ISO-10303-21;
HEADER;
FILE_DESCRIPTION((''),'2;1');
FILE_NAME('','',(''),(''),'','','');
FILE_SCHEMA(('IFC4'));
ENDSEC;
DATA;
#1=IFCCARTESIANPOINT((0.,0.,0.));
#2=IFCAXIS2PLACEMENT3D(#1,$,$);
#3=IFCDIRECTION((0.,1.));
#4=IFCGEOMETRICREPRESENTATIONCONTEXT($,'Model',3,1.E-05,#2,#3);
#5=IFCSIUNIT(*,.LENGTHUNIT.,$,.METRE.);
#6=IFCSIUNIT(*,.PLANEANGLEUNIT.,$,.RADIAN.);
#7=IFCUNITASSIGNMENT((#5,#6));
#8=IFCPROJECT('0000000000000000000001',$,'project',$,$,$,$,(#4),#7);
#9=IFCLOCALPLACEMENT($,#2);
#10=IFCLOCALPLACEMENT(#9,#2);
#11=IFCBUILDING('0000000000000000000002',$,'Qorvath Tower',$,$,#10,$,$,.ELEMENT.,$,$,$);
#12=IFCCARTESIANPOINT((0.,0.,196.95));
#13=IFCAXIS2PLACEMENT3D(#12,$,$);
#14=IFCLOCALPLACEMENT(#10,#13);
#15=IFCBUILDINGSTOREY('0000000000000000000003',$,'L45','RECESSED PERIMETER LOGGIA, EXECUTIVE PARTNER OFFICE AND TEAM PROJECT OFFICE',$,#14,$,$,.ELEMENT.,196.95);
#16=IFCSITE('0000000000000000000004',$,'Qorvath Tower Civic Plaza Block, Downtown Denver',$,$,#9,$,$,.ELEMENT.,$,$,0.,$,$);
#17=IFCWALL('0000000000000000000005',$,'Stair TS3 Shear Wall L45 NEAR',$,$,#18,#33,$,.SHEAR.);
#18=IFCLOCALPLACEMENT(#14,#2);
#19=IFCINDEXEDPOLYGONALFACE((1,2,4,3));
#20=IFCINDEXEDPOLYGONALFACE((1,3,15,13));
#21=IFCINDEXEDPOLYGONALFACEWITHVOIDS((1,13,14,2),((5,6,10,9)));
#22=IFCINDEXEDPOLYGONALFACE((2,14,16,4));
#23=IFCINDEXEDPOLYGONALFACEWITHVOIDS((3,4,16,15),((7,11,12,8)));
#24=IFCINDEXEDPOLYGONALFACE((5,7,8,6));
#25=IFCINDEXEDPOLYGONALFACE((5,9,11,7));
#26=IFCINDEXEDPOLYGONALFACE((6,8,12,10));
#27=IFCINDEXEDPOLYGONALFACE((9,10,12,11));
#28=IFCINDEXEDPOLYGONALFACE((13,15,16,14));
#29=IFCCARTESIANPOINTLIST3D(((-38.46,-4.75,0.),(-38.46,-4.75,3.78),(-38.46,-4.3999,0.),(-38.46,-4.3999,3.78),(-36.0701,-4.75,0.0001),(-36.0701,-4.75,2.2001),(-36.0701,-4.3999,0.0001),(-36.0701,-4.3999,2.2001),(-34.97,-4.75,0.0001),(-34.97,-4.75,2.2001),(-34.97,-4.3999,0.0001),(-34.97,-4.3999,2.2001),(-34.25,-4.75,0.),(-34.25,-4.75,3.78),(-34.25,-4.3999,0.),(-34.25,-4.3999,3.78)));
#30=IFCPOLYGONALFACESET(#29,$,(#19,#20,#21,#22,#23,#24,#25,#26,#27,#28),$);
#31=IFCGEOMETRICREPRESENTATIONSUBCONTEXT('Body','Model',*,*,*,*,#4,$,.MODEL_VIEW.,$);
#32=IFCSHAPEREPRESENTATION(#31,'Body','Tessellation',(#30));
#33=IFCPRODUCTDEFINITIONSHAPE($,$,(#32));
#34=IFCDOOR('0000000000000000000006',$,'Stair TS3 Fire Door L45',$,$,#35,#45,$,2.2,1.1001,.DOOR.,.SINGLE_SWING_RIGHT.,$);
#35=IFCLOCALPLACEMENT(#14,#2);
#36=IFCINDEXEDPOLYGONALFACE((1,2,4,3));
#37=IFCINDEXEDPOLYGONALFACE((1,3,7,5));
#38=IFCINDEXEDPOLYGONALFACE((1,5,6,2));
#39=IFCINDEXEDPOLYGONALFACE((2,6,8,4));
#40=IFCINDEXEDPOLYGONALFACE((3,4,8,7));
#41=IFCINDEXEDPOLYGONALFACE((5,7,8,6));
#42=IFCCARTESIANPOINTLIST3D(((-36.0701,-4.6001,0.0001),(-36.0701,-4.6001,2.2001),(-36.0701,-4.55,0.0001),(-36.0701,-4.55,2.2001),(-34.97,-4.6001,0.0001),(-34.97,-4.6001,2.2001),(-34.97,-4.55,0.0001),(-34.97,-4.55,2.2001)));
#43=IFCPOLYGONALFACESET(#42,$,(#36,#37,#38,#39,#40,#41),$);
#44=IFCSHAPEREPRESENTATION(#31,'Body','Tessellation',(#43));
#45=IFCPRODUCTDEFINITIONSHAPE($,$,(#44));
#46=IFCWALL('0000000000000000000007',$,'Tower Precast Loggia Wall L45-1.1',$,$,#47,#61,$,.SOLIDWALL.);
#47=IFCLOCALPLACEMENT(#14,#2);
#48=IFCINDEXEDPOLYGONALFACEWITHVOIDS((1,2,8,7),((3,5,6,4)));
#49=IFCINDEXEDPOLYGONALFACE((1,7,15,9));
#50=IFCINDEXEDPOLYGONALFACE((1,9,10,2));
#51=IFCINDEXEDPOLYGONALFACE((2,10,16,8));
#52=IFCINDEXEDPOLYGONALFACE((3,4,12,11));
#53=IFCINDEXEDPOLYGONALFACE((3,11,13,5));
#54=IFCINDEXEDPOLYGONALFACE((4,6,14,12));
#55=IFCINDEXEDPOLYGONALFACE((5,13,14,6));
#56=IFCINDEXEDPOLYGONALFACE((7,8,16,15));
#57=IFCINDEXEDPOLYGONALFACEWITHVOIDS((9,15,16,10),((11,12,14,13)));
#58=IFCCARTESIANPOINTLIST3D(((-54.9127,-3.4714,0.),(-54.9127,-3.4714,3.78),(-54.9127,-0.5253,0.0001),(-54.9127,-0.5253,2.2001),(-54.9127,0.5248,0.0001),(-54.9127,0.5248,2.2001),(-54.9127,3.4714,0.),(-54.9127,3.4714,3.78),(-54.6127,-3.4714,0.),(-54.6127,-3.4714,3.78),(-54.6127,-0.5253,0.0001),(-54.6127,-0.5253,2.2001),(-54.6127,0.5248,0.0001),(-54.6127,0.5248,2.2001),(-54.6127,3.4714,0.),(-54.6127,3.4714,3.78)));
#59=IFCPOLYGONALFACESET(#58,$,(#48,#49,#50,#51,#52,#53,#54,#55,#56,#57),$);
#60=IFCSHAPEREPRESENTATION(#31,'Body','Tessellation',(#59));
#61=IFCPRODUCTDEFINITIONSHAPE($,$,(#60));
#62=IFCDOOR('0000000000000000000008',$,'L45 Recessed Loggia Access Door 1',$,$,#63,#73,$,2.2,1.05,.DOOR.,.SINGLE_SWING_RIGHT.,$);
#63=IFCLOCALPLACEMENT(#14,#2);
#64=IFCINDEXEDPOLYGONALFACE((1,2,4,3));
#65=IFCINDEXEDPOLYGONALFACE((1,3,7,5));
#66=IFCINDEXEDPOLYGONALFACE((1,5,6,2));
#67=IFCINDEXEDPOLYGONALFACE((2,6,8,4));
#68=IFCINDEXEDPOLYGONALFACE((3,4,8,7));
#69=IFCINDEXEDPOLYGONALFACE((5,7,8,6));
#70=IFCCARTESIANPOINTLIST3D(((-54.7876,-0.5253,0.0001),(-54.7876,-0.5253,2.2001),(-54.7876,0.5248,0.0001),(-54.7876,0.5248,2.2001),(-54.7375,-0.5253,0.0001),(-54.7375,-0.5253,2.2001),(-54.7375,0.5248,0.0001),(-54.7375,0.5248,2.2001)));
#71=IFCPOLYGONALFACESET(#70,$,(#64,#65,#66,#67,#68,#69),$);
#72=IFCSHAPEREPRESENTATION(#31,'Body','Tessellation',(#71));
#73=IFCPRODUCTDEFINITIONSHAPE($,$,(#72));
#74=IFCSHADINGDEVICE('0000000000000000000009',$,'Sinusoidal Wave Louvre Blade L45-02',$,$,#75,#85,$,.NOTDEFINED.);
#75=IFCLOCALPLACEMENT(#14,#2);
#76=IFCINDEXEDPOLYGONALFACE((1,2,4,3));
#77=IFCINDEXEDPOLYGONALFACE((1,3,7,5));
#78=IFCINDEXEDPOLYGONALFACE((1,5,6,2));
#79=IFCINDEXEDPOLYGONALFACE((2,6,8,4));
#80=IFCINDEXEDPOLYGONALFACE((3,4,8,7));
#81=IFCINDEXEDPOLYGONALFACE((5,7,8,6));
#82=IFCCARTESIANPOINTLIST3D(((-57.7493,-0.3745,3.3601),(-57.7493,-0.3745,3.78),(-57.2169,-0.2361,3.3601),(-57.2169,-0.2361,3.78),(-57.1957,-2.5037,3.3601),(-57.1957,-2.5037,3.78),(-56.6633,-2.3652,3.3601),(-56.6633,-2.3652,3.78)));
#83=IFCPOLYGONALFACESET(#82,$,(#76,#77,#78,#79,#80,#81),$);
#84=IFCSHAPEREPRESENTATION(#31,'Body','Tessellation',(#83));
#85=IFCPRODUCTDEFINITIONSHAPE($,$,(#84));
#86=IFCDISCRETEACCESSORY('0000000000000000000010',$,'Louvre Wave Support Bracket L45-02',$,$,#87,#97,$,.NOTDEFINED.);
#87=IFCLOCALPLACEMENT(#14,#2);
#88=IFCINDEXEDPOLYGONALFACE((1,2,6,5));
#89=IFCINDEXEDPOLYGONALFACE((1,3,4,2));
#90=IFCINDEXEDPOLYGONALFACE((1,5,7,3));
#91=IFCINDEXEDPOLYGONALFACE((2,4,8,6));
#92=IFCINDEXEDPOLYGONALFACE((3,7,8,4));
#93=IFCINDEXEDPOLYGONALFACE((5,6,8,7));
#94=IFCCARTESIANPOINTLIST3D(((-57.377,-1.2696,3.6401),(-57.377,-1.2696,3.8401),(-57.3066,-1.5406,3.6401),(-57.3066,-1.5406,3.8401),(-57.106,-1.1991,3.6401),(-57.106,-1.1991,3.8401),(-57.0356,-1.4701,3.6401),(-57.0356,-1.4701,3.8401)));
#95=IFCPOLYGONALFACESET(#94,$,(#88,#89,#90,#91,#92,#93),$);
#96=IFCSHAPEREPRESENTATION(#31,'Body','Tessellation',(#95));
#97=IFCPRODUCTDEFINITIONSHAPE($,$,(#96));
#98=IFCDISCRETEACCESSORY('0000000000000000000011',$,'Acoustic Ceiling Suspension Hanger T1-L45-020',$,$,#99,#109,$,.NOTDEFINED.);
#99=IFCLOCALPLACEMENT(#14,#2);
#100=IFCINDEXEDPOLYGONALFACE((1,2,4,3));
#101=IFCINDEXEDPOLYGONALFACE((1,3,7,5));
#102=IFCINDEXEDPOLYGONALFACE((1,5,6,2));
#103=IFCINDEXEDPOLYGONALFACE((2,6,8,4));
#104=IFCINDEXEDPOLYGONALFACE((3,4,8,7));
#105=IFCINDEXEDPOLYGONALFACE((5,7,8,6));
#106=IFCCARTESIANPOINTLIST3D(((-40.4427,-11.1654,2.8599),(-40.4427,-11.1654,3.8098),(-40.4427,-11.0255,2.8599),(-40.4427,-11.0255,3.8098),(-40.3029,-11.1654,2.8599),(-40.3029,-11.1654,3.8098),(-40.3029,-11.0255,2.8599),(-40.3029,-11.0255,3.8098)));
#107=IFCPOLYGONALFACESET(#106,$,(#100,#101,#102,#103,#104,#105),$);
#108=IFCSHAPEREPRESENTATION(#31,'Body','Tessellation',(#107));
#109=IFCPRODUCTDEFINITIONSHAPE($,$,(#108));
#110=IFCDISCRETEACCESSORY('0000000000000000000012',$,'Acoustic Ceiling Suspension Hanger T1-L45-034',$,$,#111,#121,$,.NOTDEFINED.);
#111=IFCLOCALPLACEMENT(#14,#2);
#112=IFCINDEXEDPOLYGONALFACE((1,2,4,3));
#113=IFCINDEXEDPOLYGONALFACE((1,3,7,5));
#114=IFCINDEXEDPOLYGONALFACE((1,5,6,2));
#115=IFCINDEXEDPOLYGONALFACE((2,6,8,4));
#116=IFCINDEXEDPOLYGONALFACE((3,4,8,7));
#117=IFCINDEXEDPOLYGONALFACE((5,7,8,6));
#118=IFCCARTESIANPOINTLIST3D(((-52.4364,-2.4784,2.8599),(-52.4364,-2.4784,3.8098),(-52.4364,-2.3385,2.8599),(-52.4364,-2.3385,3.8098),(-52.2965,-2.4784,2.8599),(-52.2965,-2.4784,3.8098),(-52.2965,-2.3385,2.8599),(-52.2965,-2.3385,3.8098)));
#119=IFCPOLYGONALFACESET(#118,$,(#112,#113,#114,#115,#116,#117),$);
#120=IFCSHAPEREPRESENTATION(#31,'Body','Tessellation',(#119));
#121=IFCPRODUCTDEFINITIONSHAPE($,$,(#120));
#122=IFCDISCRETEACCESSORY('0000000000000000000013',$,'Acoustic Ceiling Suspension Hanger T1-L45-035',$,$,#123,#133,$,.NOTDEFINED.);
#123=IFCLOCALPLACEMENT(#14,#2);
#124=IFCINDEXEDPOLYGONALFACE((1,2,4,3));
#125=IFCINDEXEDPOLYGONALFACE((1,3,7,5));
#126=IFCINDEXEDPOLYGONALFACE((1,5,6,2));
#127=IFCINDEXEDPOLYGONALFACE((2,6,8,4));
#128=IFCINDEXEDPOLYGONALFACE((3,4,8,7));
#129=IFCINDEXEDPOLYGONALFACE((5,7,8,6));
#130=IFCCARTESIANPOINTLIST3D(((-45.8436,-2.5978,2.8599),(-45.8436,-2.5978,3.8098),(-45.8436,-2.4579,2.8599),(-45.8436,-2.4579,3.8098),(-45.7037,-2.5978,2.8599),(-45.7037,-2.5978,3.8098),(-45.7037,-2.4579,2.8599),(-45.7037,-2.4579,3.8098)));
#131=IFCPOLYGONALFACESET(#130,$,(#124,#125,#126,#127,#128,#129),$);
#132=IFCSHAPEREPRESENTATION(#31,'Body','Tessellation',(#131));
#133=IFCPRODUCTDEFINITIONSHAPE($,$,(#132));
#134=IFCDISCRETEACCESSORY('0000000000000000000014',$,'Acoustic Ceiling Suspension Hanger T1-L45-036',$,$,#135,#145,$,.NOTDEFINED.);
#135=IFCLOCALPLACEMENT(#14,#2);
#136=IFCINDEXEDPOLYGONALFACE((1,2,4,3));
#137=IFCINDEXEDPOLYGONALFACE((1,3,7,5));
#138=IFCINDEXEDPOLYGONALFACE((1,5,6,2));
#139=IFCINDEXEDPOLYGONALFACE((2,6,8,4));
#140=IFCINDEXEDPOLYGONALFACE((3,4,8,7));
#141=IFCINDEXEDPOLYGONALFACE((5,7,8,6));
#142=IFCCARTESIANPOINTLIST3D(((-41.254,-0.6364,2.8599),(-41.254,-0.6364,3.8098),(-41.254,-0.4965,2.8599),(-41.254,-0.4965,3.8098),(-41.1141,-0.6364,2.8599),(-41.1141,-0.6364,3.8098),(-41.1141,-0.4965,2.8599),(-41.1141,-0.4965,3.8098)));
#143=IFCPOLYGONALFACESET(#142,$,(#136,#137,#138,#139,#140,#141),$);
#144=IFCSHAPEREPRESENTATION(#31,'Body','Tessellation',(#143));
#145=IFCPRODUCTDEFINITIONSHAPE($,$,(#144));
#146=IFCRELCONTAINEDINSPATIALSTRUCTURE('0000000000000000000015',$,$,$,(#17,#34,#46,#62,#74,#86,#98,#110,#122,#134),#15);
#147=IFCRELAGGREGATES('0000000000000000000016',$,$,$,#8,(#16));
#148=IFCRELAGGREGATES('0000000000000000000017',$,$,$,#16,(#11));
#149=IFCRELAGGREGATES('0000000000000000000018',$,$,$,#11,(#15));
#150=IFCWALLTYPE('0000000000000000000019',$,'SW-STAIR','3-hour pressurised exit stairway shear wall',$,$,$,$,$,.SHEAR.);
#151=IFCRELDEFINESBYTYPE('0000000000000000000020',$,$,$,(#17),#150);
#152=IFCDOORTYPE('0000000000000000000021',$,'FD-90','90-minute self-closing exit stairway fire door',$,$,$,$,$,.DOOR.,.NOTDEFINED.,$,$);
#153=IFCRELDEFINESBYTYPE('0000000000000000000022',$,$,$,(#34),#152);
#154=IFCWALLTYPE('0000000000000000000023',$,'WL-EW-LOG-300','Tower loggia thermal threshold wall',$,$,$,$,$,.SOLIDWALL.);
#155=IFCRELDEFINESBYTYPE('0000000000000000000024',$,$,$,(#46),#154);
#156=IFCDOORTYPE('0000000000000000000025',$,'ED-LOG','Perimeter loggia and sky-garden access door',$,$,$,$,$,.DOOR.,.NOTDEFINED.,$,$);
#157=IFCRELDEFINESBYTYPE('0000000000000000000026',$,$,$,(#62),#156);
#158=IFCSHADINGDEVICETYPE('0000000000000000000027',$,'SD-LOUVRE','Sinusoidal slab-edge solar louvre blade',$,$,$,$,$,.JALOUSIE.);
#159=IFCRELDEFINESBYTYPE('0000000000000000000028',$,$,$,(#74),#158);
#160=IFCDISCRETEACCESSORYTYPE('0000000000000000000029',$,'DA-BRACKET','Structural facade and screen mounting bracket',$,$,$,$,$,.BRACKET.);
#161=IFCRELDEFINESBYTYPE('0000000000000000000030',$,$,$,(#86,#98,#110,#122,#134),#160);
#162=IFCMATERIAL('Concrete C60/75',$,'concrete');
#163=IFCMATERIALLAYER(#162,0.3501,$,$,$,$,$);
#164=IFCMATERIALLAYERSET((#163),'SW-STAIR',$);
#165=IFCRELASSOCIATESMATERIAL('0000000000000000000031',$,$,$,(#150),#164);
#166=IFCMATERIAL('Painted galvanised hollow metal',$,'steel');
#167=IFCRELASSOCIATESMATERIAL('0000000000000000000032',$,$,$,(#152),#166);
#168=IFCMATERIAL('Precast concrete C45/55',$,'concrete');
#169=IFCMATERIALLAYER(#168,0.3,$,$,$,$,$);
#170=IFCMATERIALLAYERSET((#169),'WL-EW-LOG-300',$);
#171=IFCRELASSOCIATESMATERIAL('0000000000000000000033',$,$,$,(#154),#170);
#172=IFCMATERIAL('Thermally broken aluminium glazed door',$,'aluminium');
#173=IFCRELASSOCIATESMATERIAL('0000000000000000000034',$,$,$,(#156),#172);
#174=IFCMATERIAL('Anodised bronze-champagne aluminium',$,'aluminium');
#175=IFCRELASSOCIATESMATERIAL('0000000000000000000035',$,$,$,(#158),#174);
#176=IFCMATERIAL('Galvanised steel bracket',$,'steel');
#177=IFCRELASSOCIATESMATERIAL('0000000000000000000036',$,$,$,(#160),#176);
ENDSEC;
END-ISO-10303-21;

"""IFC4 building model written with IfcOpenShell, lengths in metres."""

from ifc_helpers import new_model, si_unit, direction, frame, frame_2d, origin, origin_2d, place, context, subcontext, project, spatial, rectangle, extrude, material, layer, layer_set, type_object, element, fill, save


model = new_model("IFC4")

# Units and contexts
model_context = context("Model", 3, precision=1e-05, world=origin(), true_north=direction((0.0, 1.0)))
body_context = subcontext(model_context, "Body", "Model", "MODEL_VIEW")
ifc_project = project(units=[si_unit("LENGTHUNIT", "METRE"), si_unit("PLANEANGLEUNIT", "RADIAN")], contexts=[model_context])

# Site, building, storey
site_placement = place(None, origin())
site = spatial("IfcSite", under=ifc_project, at=site_placement, Name="Qorvath Tower Civic Plaza Block, Downtown Denver", CompositionType="ELEMENT", RefElevation=0.0)
building_placement = place(site_placement, origin())
building = spatial("IfcBuilding", under=site, at=building_placement, Name="Qorvath Tower", CompositionType="ELEMENT")
storey_placement = place(building_placement, frame((0.0, 0.0, 196.95)))
storey = spatial("IfcBuildingStorey", under=building, at=storey_placement, Name="L45", Description="RECESSED PERIMETER LOGGIA, EXECUTIVE PARTNER OFFICE AND TEAM PROJECT OFFICE", CompositionType="ELEMENT", Elevation=196.95)

# Walls, openings, doors
ifc_material_1 = material(Name="Concrete C60/75", Category="concrete")
ifc_layer_1 = layer(ifc_material_1, 0.3501)
ifc_layer_set_1 = layer_set([ifc_layer_1], Name="SW-STAIR")
wall_type_1 = type_object("IfcWallType", Name="SW-STAIR", Description="3-hour pressurised exit stairway shear wall", PredefinedType="SHEAR", material=ifc_layer_set_1)
wall_1_placement = place(storey_placement, frame((-38.46, -4.575, 0.0), z_axis=(0.0, 0.0, 1.0), x_axis=(1.0, 0.0, 0.0)))
wall_1 = element("IfcWall", 1, at=wall_1_placement, inside=storey, type_object=wall_type_1, Name="Stair TS3 Shear Wall L45 NEAR", PredefinedType="SHEAR", context=body_context, shape_type="SweptSolid", body=[
    extrude(rectangle(XDim=4.21, YDim=0.3501, at=frame_2d((2.105, 0.0))), origin(), (0.0, 0.0, 1.0), 3.78),
])
opening_1_placement = place(wall_1_placement, frame((2.3899, 0.0, 0.0)))
opening_1 = element("IfcOpeningElement", 2, at=opening_1_placement, cuts=wall_1, PredefinedType="OPENING", context=body_context, shape_type="SweptSolid", body=[
    extrude(rectangle(XDim=1.1001, YDim=2.2, at=frame_2d((0.55, 1.1001))), frame((0.0, 0.1851, 0.0), z_axis=(0.0, -1.0, 0.0), x_axis=(1.0, 0.0, 0.0)), (0.0, 0.0, 1.0), 0.3701),
])
ifc_material_2 = material(Name="Painted galvanised hollow metal", Category="steel")
door_type_1 = type_object("IfcDoorType", Name="FD-90", Description="90-minute self-closing exit stairway fire door", OperationType="NOTDEFINED", PredefinedType="DOOR", material=ifc_material_2)
door_1_placement = place(opening_1_placement, origin())
door_1 = element("IfcDoor", 3, at=door_1_placement, inside=storey, type_object=door_type_1, Name="Stair TS3 Fire Door L45", OperationType="SINGLE_SWING_RIGHT", OverallHeight=2.2, OverallWidth=1.1001, PredefinedType="DOOR", context=body_context, shape_type="SweptSolid", body=[
    extrude(rectangle(XDim=1.1001, YDim=2.2, at=frame_2d((0.55, 1.1001))), frame((0.0, 0.0249, 0.0), z_axis=(0.0, -1.0, 0.0), x_axis=(1.0, 0.0, 0.0)), (0.0, 0.0, 1.0), 0.05),
])
fill(opening_1, door_1)
ifc_material_3 = material(Name="Precast concrete C45/55", Category="concrete")
ifc_layer_2 = layer(ifc_material_3, 0.3)
ifc_layer_set_2 = layer_set([ifc_layer_2], Name="WL-EW-LOG-300")
wall_type_2 = type_object("IfcWallType", Name="WL-EW-LOG-300", Description="Tower loggia thermal threshold wall", PredefinedType="SOLIDWALL", material=ifc_layer_set_2)
wall_2_placement = place(storey_placement, frame((-54.7627, -3.4714, 0.0), z_axis=(0.0, 0.0, 1.0), x_axis=(0.0, 1.0, 0.0)))
wall_2 = element("IfcWall", 4, at=wall_2_placement, inside=storey, type_object=wall_type_2, Name="Tower Precast Loggia Wall L45-1.1", PredefinedType="SOLIDWALL", context=body_context, shape_type="SweptSolid", body=[
    extrude(rectangle(XDim=6.9429, YDim=0.3, at=frame_2d((3.4714, 0.0))), origin(), (0.0, 0.0, 1.0), 3.78),
])
opening_2_placement = place(wall_2_placement, frame((2.9463, 0.0, 0.0)))
opening_2 = element("IfcOpeningElement", 5, at=opening_2_placement, cuts=wall_2, PredefinedType="OPENING", context=body_context, shape_type="SweptSolid", body=[
    extrude(rectangle(XDim=1.05, YDim=2.2, at=frame_2d((0.5249, 1.1001))), frame((0.0, 0.1602, 0.0), z_axis=(0.0, -1.0, 0.0), x_axis=(1.0, 0.0, 0.0)), (0.0, 0.0, 1.0), 0.3201),
])
ifc_material_4 = material(Name="Thermally broken aluminium glazed door", Category="aluminium")
door_type_2 = type_object("IfcDoorType", Name="ED-LOG", Description="Perimeter loggia and sky-garden access door", OperationType="NOTDEFINED", PredefinedType="DOOR", material=ifc_material_4)
door_2_placement = place(opening_2_placement, origin())
door_2 = element("IfcDoor", 6, at=door_2_placement, inside=storey, type_object=door_type_2, Name="L45 Recessed Loggia Access Door 1", OperationType="SINGLE_SWING_RIGHT", OverallHeight=2.2, OverallWidth=1.05, PredefinedType="DOOR", context=body_context, shape_type="SweptSolid", body=[
    extrude(rectangle(XDim=1.05, YDim=2.2, at=frame_2d((0.5249, 1.1001))), frame((0.0, 0.0249, 0.0), z_axis=(0.0, -1.0, 0.0), x_axis=(1.0, 0.0, 0.0)), (0.0, 0.0, 1.0), 0.05),
])
fill(opening_2, door_2)

# Shading device
ifc_material_5 = material(Name="Anodised bronze-champagne aluminium", Category="aluminium")
shading_device_type = type_object("IfcShadingDeviceType", Name="SD-LOUVRE", Description="Sinusoidal slab-edge solar louvre blade", PredefinedType="JALOUSIE", material=ifc_material_5)
shading_device_placement = place(storey_placement, frame((-57.2063, -1.3699, 3.3601), z_axis=(0.0, 0.0, 1.0), x_axis=(0.251647, -0.967819, 0.0)))
element("IfcShadingDevice", 7, at=shading_device_placement, inside=storey, type_object=shading_device_type, Name="Sinusoidal Wave Louvre Blade L45-02", PredefinedType="NOTDEFINED", context=body_context, shape_type="SweptSolid", body=[
    extrude(rectangle(XDim=2.2, YDim=0.55, at=origin_2d()), origin(), (0.0, 0.0, 1.0), 0.4199),
])

# Discrete accessories
ifc_material_6 = material(Name="Galvanised steel bracket", Category="steel")
discrete_accessory_type = type_object("IfcDiscreteAccessoryType", Name="DA-BRACKET", Description="Structural facade and screen mounting bracket", PredefinedType="BRACKET", material=ifc_material_6)
discrete_accessory_placement = place(storey_placement, frame((-57.2063, -1.3699, 3.6401), z_axis=(0.0, 0.0, 1.0), x_axis=(0.251647, -0.967819, 0.0)))
element("IfcDiscreteAccessory", 8, at=discrete_accessory_placement, inside=storey, type_object=discrete_accessory_type, Name="Louvre Wave Support Bracket L45-02", PredefinedType="NOTDEFINED", context=body_context, shape_type="SweptSolid", body=[
    extrude(rectangle(XDim=0.28, YDim=0.28, at=origin_2d()), origin(), (0.0, 0.0, 1.0), 0.2),
])
for number, where, z_axis, x_axis, name in (
    (9, (-40.3728, -11.0955, 2.8599), (0.0, 0.0, 1.0), (1.0, 0.0, 0.0), "Acoustic Ceiling Suspension Hanger T1-L45-020"),
    (10, (-52.3665, -2.4084, 2.8599), (0.0, 0.0, 1.0), (1.0, 0.0, 0.0), "Acoustic Ceiling Suspension Hanger T1-L45-034"),
    (11, (-45.7737, -2.5278, 2.8599), (0.0, 0.0, 1.0), (1.0, 0.0, 0.0), "Acoustic Ceiling Suspension Hanger T1-L45-035"),
    (12, (-41.1841, -0.5664, 2.8599), (0.0, 0.0, 1.0), (1.0, 0.0, 0.0), "Acoustic Ceiling Suspension Hanger T1-L45-036"),
):
    element("IfcDiscreteAccessory", number, at=place(storey_placement, frame(where, z_axis=z_axis, x_axis=x_axis)), inside=storey, type_object=discrete_accessory_type, Name=name, PredefinedType="NOTDEFINED", context=body_context, shape_type="SweptSolid", body=[
        extrude(rectangle(XDim=0.1399, YDim=0.1399, at=origin_2d()), origin(), (0.0, 0.0, 1.0), 0.95),
    ])

save(model, "model.ifc")
